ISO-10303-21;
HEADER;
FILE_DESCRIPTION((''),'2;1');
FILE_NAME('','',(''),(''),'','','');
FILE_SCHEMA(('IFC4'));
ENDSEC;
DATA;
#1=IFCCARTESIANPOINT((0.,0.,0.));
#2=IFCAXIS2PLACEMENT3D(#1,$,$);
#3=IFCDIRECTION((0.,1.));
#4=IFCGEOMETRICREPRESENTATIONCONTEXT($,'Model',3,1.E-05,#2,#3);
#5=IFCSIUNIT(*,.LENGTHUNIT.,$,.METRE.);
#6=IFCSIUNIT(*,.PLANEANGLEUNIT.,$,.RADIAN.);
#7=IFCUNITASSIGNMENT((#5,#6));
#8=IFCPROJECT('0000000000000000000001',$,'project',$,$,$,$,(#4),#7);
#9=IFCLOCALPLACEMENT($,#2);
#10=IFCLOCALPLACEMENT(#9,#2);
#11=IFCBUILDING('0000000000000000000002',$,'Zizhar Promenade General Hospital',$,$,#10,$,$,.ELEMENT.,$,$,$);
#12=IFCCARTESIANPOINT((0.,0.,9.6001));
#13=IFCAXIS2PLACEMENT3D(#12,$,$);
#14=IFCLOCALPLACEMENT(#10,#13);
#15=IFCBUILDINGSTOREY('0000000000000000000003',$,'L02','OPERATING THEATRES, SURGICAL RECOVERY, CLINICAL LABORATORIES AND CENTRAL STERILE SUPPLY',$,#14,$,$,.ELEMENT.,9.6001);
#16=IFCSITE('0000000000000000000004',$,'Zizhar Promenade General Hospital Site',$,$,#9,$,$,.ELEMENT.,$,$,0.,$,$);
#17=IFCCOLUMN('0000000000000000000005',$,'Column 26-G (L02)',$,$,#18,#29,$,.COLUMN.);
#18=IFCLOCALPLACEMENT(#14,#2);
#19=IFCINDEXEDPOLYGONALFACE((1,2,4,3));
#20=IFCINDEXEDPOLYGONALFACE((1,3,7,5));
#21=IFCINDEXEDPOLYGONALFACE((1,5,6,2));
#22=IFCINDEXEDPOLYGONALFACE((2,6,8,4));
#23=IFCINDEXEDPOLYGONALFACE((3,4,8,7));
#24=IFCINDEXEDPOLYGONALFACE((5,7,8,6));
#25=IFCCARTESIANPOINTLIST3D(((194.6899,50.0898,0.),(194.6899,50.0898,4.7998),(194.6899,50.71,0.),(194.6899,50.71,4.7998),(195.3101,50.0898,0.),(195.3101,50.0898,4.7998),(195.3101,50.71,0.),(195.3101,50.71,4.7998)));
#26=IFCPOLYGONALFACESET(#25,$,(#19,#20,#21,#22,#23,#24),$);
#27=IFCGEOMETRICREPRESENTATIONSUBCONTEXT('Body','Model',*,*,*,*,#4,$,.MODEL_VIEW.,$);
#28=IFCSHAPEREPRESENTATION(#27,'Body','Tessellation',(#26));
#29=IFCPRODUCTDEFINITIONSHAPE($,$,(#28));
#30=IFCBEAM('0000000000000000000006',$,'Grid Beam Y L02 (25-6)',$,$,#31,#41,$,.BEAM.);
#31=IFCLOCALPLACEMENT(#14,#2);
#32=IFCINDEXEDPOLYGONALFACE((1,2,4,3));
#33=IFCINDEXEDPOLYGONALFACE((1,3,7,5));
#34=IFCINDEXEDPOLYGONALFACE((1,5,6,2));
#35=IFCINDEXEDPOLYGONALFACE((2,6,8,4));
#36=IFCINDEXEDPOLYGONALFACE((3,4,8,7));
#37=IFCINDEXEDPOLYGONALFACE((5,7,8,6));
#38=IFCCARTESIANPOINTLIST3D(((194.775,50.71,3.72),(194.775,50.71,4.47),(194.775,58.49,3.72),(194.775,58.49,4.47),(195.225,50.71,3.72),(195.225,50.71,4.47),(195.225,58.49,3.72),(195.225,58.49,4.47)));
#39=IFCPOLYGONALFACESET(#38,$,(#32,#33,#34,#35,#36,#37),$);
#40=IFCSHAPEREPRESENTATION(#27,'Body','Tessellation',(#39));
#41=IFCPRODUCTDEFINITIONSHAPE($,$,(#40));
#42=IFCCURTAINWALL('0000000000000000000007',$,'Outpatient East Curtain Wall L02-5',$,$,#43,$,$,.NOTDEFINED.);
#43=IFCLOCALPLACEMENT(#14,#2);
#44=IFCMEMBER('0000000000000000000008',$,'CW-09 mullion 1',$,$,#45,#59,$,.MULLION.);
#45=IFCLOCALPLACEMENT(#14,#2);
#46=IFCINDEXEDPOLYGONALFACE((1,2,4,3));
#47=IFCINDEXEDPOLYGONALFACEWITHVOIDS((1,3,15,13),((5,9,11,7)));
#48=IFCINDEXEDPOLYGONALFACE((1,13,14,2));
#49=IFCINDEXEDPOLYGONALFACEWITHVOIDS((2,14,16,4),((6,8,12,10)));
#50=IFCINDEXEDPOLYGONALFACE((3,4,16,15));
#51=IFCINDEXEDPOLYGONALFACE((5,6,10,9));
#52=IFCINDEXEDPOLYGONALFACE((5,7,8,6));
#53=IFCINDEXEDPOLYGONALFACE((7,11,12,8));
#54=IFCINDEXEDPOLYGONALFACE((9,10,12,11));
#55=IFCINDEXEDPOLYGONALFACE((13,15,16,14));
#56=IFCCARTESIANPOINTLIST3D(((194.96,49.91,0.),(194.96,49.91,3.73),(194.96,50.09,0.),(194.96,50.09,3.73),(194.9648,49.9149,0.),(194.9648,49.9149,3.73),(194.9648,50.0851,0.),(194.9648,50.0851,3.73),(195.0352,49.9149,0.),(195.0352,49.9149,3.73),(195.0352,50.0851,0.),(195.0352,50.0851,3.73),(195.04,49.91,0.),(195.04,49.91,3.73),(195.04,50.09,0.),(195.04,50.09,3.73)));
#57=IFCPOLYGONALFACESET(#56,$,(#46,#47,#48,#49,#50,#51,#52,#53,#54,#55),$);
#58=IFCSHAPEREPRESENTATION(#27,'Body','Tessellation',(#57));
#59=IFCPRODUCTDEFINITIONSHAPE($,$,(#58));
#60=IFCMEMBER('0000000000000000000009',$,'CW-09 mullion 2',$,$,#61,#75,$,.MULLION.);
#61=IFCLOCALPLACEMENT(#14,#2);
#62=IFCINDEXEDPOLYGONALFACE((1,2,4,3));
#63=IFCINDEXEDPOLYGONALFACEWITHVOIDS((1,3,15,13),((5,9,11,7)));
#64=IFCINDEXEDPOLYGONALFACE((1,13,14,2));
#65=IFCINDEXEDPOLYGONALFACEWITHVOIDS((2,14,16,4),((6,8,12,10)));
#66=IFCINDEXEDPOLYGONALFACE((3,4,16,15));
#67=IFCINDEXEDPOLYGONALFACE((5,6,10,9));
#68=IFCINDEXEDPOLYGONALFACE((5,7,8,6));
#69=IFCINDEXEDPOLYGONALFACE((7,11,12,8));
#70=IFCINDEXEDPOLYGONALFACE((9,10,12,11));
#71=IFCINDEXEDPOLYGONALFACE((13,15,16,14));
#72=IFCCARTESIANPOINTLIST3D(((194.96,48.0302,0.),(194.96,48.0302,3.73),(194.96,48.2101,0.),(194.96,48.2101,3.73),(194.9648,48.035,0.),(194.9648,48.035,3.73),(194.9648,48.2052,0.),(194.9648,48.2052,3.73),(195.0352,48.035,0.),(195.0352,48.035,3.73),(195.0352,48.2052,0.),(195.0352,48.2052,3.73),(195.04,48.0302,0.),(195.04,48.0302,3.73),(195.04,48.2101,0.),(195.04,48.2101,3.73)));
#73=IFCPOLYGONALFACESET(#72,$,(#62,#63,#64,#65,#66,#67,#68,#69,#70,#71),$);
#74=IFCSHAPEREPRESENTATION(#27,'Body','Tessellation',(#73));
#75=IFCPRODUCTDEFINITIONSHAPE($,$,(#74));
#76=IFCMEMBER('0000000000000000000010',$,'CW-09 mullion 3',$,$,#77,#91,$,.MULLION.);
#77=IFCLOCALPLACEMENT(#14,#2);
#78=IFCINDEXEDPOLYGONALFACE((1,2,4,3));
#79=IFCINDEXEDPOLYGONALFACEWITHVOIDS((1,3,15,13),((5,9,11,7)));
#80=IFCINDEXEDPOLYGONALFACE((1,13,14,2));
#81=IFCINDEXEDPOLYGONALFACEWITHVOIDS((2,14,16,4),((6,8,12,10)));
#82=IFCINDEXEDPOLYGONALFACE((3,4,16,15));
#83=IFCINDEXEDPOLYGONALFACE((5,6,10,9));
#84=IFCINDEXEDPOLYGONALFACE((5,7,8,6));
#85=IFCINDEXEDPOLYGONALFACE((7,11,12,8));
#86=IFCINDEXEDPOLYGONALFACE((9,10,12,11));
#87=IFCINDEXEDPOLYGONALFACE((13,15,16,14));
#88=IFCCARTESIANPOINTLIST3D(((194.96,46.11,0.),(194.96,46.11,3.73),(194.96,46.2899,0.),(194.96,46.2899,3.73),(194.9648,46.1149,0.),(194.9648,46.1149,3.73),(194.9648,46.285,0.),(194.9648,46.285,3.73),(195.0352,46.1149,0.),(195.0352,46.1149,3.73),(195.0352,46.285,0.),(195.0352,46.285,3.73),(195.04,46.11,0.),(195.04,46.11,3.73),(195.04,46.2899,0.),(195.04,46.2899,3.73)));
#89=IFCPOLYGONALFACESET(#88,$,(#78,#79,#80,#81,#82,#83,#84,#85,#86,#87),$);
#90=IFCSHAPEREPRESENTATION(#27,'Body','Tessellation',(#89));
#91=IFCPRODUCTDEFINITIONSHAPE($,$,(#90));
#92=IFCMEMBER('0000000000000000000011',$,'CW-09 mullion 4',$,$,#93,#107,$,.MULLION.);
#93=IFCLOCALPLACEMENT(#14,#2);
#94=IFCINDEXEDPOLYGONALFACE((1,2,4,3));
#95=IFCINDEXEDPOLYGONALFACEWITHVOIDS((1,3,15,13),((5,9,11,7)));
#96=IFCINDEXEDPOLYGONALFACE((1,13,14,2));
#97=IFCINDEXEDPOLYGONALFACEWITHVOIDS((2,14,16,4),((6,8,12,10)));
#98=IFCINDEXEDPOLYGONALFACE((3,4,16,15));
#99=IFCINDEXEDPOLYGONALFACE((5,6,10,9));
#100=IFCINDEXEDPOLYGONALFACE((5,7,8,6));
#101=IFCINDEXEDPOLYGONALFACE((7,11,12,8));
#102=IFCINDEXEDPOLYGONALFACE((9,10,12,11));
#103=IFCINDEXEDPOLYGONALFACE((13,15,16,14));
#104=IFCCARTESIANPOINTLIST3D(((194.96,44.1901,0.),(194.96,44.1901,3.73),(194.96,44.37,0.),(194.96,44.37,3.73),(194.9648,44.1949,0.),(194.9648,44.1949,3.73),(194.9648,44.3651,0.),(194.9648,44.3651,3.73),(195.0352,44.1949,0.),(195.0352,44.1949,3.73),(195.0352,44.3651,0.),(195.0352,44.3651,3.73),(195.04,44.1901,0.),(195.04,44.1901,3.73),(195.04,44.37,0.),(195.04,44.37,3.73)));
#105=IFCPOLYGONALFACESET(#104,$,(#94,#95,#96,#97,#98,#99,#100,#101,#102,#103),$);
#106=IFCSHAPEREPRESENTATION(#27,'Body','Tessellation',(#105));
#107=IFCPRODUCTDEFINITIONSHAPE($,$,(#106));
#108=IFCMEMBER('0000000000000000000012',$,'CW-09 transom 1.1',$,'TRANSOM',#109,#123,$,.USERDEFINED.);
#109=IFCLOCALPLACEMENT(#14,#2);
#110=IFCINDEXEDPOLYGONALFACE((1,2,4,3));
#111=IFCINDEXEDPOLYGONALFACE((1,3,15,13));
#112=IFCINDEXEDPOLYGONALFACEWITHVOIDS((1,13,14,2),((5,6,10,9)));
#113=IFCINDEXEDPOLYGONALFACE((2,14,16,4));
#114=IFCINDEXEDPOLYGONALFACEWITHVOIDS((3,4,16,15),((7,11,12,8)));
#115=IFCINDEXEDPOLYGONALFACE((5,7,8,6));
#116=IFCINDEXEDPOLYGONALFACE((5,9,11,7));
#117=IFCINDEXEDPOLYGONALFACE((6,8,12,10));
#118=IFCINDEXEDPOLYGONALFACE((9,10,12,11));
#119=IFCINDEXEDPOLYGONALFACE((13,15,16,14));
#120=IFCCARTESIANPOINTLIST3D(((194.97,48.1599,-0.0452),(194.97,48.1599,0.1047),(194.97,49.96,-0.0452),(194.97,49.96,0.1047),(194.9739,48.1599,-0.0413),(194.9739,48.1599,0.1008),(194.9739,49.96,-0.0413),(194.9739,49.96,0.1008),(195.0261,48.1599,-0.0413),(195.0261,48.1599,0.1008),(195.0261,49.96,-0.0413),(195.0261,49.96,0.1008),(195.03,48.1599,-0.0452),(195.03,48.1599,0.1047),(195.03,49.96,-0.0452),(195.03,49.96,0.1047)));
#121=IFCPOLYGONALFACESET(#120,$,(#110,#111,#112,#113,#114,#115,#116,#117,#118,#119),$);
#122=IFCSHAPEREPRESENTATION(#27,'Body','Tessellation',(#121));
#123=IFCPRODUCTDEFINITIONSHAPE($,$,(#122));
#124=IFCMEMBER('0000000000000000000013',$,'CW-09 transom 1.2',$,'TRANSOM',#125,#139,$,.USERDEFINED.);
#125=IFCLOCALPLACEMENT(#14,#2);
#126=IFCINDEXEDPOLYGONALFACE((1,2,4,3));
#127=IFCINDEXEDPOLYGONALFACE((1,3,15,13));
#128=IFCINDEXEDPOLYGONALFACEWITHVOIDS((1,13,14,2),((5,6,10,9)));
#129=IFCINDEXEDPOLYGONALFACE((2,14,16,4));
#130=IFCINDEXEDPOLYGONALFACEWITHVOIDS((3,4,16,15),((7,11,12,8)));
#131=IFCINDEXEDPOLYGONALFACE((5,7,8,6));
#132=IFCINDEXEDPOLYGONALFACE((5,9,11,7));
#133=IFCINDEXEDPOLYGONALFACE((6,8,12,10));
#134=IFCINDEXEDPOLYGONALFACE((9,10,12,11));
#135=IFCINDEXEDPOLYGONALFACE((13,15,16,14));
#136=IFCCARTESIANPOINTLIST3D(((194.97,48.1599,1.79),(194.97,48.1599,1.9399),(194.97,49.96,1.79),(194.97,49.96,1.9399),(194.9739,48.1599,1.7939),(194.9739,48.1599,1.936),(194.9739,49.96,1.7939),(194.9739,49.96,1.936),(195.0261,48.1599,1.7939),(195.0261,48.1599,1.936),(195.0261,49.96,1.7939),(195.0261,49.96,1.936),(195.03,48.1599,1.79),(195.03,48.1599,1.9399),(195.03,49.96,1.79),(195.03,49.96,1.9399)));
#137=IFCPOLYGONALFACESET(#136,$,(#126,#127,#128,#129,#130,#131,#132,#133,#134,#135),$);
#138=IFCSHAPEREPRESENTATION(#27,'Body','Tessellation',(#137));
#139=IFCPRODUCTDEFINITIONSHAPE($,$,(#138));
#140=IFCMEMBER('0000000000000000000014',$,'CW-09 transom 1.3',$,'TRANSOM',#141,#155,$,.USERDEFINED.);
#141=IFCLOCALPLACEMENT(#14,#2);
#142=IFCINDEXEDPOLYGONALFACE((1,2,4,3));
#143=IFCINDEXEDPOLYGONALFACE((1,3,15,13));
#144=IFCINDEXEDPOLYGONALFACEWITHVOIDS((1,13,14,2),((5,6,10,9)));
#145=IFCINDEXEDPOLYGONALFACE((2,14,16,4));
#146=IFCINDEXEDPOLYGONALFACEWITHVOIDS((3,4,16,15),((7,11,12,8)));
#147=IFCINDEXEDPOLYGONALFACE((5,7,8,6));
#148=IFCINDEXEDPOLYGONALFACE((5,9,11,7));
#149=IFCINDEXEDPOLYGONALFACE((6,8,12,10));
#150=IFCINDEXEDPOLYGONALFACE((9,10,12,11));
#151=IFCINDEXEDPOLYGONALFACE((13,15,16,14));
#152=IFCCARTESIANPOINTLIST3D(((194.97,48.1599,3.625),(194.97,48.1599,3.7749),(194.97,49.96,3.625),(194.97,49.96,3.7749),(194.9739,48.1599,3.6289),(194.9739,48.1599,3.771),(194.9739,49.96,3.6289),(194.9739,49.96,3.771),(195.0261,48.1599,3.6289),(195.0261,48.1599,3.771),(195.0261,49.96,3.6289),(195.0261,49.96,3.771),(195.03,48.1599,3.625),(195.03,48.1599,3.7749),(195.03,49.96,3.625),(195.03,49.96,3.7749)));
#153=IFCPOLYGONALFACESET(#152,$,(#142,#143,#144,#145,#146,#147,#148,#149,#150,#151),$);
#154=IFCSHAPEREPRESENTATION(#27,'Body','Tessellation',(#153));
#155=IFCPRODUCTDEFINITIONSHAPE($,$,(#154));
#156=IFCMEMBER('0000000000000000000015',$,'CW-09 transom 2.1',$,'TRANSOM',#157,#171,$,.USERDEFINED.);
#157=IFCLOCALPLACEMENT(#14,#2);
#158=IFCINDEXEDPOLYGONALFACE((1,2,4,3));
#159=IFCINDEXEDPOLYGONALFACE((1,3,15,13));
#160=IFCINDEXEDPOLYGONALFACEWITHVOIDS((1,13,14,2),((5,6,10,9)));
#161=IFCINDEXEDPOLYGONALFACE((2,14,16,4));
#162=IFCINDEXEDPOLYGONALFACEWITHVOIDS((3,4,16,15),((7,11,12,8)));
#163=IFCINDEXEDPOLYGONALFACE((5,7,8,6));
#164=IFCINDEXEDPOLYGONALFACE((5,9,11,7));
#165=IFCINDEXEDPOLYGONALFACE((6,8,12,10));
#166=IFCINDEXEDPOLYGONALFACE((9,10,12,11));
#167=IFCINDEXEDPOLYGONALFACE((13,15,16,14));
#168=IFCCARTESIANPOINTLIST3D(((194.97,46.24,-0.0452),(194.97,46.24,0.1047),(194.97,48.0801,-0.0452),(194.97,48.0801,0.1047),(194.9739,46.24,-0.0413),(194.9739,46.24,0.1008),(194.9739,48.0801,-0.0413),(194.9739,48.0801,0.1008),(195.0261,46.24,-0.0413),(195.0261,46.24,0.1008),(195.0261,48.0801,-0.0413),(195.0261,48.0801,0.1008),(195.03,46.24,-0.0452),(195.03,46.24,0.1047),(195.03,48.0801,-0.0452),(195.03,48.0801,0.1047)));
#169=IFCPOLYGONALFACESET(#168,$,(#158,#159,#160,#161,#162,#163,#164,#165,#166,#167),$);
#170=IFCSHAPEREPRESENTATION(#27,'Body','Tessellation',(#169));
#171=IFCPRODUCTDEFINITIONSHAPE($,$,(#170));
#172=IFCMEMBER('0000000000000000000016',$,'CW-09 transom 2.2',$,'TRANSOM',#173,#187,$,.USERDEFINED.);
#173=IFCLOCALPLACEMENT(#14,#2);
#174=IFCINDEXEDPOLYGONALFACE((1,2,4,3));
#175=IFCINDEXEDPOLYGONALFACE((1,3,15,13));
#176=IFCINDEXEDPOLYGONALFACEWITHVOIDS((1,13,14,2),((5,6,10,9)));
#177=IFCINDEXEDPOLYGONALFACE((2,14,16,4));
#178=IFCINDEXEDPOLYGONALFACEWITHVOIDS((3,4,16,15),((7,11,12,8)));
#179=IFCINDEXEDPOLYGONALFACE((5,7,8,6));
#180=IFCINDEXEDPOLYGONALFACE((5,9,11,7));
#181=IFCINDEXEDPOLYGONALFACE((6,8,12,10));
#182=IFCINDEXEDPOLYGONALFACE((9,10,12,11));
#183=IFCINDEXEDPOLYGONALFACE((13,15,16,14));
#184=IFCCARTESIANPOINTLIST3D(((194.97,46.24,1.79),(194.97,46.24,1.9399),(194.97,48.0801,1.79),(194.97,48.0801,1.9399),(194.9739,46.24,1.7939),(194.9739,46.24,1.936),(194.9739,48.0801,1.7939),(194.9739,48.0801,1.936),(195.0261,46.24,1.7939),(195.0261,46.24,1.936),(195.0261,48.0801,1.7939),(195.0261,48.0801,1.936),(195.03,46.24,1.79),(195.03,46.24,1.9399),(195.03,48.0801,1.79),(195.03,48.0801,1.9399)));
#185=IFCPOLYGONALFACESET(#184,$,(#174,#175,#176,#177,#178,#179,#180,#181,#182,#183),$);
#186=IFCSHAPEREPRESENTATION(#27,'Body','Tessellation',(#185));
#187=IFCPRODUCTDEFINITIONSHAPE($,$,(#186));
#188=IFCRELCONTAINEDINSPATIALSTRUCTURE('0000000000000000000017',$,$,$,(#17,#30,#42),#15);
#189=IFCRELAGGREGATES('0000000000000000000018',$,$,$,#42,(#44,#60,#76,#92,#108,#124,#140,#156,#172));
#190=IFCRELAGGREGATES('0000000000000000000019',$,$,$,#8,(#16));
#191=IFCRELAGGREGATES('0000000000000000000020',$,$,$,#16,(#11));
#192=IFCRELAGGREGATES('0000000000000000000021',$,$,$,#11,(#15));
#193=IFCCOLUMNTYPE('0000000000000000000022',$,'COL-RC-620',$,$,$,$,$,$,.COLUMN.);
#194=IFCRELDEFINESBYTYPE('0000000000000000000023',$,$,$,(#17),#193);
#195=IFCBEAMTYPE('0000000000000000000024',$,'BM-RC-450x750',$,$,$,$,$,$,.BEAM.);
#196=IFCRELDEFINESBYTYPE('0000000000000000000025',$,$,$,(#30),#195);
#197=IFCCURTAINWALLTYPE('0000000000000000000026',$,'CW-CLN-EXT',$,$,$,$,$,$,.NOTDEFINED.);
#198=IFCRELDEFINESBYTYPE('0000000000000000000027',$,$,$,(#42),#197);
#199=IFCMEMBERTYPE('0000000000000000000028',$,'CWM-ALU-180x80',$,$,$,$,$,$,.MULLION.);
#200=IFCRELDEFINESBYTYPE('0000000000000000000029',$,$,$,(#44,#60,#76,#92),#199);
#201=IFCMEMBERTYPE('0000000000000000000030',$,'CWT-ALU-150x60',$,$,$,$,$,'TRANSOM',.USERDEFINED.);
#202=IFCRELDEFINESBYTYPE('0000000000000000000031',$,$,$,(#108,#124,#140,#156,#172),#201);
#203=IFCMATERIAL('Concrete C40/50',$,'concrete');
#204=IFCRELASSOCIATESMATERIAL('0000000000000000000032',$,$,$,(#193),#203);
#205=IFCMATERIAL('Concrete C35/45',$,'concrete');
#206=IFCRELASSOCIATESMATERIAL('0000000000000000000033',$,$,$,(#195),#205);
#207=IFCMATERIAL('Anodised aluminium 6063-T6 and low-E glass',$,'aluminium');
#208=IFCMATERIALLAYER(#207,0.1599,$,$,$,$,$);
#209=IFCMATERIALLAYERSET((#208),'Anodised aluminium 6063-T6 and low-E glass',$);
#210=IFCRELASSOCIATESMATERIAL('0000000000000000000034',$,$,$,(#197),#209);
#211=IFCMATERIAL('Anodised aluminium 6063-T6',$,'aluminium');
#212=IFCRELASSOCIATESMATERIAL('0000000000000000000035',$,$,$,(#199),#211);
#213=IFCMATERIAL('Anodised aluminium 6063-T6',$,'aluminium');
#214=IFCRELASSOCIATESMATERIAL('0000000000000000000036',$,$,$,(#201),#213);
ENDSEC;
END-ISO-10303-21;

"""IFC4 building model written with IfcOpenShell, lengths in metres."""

from ifc_helpers import new_model, si_unit, direction, frame, origin, origin_2d, place, context, subcontext, project, spatial, rectangle, hollow_rectangle, extrude, material, layer, layer_set, material_profile, profile_set, type_object, element, aggregate, save


model = new_model("IFC4")

# Units and contexts
model_context = context("Model", 3, precision=1e-05, world=origin(), true_north=direction((0.0, 1.0)))
body_context = subcontext(model_context, "Body", "Model", "MODEL_VIEW")
ifc_project = project(units=[si_unit("LENGTHUNIT", "METRE"), si_unit("PLANEANGLEUNIT", "RADIAN")], contexts=[model_context])

# Site, building, storey
site_placement = place(None, origin())
site = spatial("IfcSite", under=ifc_project, at=site_placement, Name="Zizhar Promenade General Hospital Site", CompositionType="ELEMENT", RefElevation=0.0)
building_placement = place(site_placement, origin())
building = spatial("IfcBuilding", under=site, at=building_placement, Name="Zizhar Promenade General Hospital", CompositionType="ELEMENT")
storey_placement = place(building_placement, frame((0.0, 0.0, 9.6001)))
storey = spatial("IfcBuildingStorey", under=building, at=storey_placement, Name="L02", Description="OPERATING THEATRES, SURGICAL RECOVERY, CLINICAL LABORATORIES AND CENTRAL STERILE SUPPLY", CompositionType="ELEMENT", Elevation=9.6001)

# Column
ifc_material_1 = material(Name="Concrete C40/50", Category="concrete")
ifc_material_profile_1 = material_profile(ifc_material_1, rectangle(XDim=0.6201, YDim=0.6201, at=origin_2d()))
ifc_profile_set_1 = profile_set([ifc_material_profile_1], Name="Concrete C40/50")
column_type = type_object("IfcColumnType", Name="COL-RC-620", PredefinedType="COLUMN", material=ifc_profile_set_1)
column_placement = place(storey_placement, frame((195.0, 50.3999, 0.0), z_axis=(0.0, 0.0, 1.0), x_axis=(1.0, 0.0, 0.0)))
element("IfcColumn", 1, at=column_placement, inside=storey, type_object=column_type, Name="Column 26-G (L02)", PredefinedType="COLUMN", context=body_context, shape_type="SweptSolid", body=[
    extrude(rectangle(XDim=0.6201, YDim=0.6201, at=origin_2d()), origin(), (0.0, 0.0, 1.0), 4.7998),
])

# Beam
ifc_material_2 = material(Name="Concrete C35/45", Category="concrete")
ifc_material_profile_2 = material_profile(ifc_material_2, rectangle(XDim=0.45, YDim=0.75, at=origin_2d()))
ifc_profile_set_2 = profile_set([ifc_material_profile_2], Name="Concrete C35/45")
beam_type = type_object("IfcBeamType", Name="BM-RC-450x750", PredefinedType="BEAM", material=ifc_profile_set_2)
beam_placement = place(storey_placement, frame((195.0, 50.71, 4.095), z_axis=(0.0, 1.0, 0.0), x_axis=(-1.0, 0.0, 0.0)))
element("IfcBeam", 2, at=beam_placement, inside=storey, type_object=beam_type, Name="Grid Beam Y L02 (25-6)", PredefinedType="BEAM", context=body_context, shape_type="SweptSolid", body=[
    extrude(rectangle(XDim=0.45, YDim=0.75, at=origin_2d()), origin(), (0.0, 0.0, 1.0), 7.78),
])

# Curtain wall, members
ifc_material_3 = material(Name="Anodised aluminium 6063-T6 and low-E glass", Category="aluminium")
ifc_layer_1 = layer(ifc_material_3, 0.1599)
ifc_layer_set_1 = layer_set([ifc_layer_1], Name="Anodised aluminium 6063-T6 and low-E glass")
curtain_wall_type = type_object("IfcCurtainWallType", Name="CW-CLN-EXT", PredefinedType="NOTDEFINED", material=ifc_layer_set_1)
curtain_wall_placement = place(storey_placement, origin())
curtain_wall = element("IfcCurtainWall", 3, at=curtain_wall_placement, inside=storey, type_object=curtain_wall_type, Name="Outpatient East Curtain Wall L02-5", PredefinedType="NOTDEFINED")
ifc_material_4 = material(Name="Anodised aluminium 6063-T6", Category="aluminium")
ifc_material_profile_3 = material_profile(ifc_material_4, hollow_rectangle(XDim=0.0801, YDim=0.1799, WallThickness=0.0049, at=origin_2d()))
ifc_profile_set_3 = profile_set([ifc_material_profile_3], Name="Anodised aluminium 6063-T6")
member_type_1 = type_object("IfcMemberType", Name="CWM-ALU-180x80", PredefinedType="MULLION", material=ifc_profile_set_3)
member_1_placement = place(storey_placement, frame((195.0, 50.0, 0.0), z_axis=(0.0, 0.0, 1.0), x_axis=(1.0, 0.0, 0.0)))
member_1 = element("IfcMember", 4, at=member_1_placement, type_object=member_type_1, Name="CW-09 mullion 1", PredefinedType="MULLION", context=body_context, shape_type="SweptSolid", body=[
    extrude(hollow_rectangle(XDim=0.0801, YDim=0.1799, WallThickness=0.0049, at=origin_2d()), origin(), (0.0, 0.0, 1.0), 3.73),
])
member_2_placement = place(storey_placement, frame((195.0, 48.1201, 0.0), z_axis=(0.0, 0.0, 1.0), x_axis=(1.0, 0.0, 0.0)))
member_2 = element("IfcMember", 5, at=member_2_placement, type_object=member_type_1, Name="CW-09 mullion 2", PredefinedType="MULLION", context=body_context, shape_type="SweptSolid", body=[
    extrude(hollow_rectangle(XDim=0.0801, YDim=0.1799, WallThickness=0.0049, at=origin_2d()), origin(), (0.0, 0.0, 1.0), 3.73),
])
member_3_placement = place(storey_placement, frame((195.0, 46.2, 0.0), z_axis=(0.0, 0.0, 1.0), x_axis=(1.0, 0.0, 0.0)))
member_3 = element("IfcMember", 6, at=member_3_placement, type_object=member_type_1, Name="CW-09 mullion 3", PredefinedType="MULLION", context=body_context, shape_type="SweptSolid", body=[
    extrude(hollow_rectangle(XDim=0.0801, YDim=0.1799, WallThickness=0.0049, at=origin_2d()), origin(), (0.0, 0.0, 1.0), 3.73),
])
member_4_placement = place(storey_placement, frame((195.0, 44.28, 0.0), z_axis=(0.0, 0.0, 1.0), x_axis=(1.0, 0.0, 0.0)))
member_4 = element("IfcMember", 7, at=member_4_placement, type_object=member_type_1, Name="CW-09 mullion 4", PredefinedType="MULLION", context=body_context, shape_type="SweptSolid", body=[
    extrude(hollow_rectangle(XDim=0.0801, YDim=0.1799, WallThickness=0.0049, at=origin_2d()), origin(), (0.0, 0.0, 1.0), 3.73),
])
ifc_material_5 = material(Name="Anodised aluminium 6063-T6", Category="aluminium")
ifc_material_profile_4 = material_profile(ifc_material_5, hollow_rectangle(XDim=0.0601, YDim=0.1499, WallThickness=0.0039, at=origin_2d()))
ifc_profile_set_4 = profile_set([ifc_material_profile_4], Name="Anodised aluminium 6063-T6")
member_type_2 = type_object("IfcMemberType", Name="CWT-ALU-150x60", ElementType="TRANSOM", PredefinedType="USERDEFINED", material=ifc_profile_set_4)
member_5_placement = place(storey_placement, frame((195.0, 49.96, 0.0298), z_axis=(0.0, -1.0, 0.0), x_axis=(1.0, 0.0, 0.0)))
member_5 = element("IfcMember", 8, at=member_5_placement, type_object=member_type_2, Name="CW-09 transom 1.1", ObjectType="TRANSOM", PredefinedType="USERDEFINED", context=body_context, shape_type="SweptSolid", body=[
    extrude(hollow_rectangle(XDim=0.0601, YDim=0.1499, WallThickness=0.0039, at=origin_2d()), origin(), (0.0, 0.0, 1.0), 1.8),
])
member_6_placement = place(storey_placement, frame((195.0, 49.96, 1.865), z_axis=(0.0, -1.0, 0.0), x_axis=(1.0, 0.0, 0.0)))
member_6 = element("IfcMember", 9, at=member_6_placement, type_object=member_type_2, Name="CW-09 transom 1.2", ObjectType="TRANSOM", PredefinedType="USERDEFINED", context=body_context, shape_type="SweptSolid", body=[
    extrude(hollow_rectangle(XDim=0.0601, YDim=0.1499, WallThickness=0.0039, at=origin_2d()), origin(), (0.0, 0.0, 1.0), 1.8),
])
member_7_placement = place(storey_placement, frame((195.0, 49.96, 3.7), z_axis=(0.0, -1.0, 0.0), x_axis=(1.0, 0.0, 0.0)))
member_7 = element("IfcMember", 10, at=member_7_placement, type_object=member_type_2, Name="CW-09 transom 1.3", ObjectType="TRANSOM", PredefinedType="USERDEFINED", context=body_context, shape_type="SweptSolid", body=[
    extrude(hollow_rectangle(XDim=0.0601, YDim=0.1499, WallThickness=0.0039, at=origin_2d()), origin(), (0.0, 0.0, 1.0), 1.8),
])
member_8_placement = place(storey_placement, frame((195.0, 48.0801, 0.0298), z_axis=(0.0, -1.0, 0.0), x_axis=(1.0, 0.0, 0.0)))
member_8 = element("IfcMember", 11, at=member_8_placement, type_object=member_type_2, Name="CW-09 transom 2.1", ObjectType="TRANSOM", PredefinedType="USERDEFINED", context=body_context, shape_type="SweptSolid", body=[
    extrude(hollow_rectangle(XDim=0.0601, YDim=0.1499, WallThickness=0.0039, at=origin_2d()), origin(), (0.0, 0.0, 1.0), 1.8401),
])
member_9_placement = place(storey_placement, frame((195.0, 48.0801, 1.865), z_axis=(0.0, -1.0, 0.0), x_axis=(1.0, 0.0, 0.0)))
member_9 = element("IfcMember", 12, at=member_9_placement, type_object=member_type_2, Name="CW-09 transom 2.2", ObjectType="TRANSOM", PredefinedType="USERDEFINED", context=body_context, shape_type="SweptSolid", body=[
    extrude(hollow_rectangle(XDim=0.0601, YDim=0.1499, WallThickness=0.0039, at=origin_2d()), origin(), (0.0, 0.0, 1.0), 1.8401),
])
aggregate(curtain_wall, [member_1, member_2, member_3, member_4, member_5, member_6, member_7, member_8, member_9])

save(model, "model.ifc")
